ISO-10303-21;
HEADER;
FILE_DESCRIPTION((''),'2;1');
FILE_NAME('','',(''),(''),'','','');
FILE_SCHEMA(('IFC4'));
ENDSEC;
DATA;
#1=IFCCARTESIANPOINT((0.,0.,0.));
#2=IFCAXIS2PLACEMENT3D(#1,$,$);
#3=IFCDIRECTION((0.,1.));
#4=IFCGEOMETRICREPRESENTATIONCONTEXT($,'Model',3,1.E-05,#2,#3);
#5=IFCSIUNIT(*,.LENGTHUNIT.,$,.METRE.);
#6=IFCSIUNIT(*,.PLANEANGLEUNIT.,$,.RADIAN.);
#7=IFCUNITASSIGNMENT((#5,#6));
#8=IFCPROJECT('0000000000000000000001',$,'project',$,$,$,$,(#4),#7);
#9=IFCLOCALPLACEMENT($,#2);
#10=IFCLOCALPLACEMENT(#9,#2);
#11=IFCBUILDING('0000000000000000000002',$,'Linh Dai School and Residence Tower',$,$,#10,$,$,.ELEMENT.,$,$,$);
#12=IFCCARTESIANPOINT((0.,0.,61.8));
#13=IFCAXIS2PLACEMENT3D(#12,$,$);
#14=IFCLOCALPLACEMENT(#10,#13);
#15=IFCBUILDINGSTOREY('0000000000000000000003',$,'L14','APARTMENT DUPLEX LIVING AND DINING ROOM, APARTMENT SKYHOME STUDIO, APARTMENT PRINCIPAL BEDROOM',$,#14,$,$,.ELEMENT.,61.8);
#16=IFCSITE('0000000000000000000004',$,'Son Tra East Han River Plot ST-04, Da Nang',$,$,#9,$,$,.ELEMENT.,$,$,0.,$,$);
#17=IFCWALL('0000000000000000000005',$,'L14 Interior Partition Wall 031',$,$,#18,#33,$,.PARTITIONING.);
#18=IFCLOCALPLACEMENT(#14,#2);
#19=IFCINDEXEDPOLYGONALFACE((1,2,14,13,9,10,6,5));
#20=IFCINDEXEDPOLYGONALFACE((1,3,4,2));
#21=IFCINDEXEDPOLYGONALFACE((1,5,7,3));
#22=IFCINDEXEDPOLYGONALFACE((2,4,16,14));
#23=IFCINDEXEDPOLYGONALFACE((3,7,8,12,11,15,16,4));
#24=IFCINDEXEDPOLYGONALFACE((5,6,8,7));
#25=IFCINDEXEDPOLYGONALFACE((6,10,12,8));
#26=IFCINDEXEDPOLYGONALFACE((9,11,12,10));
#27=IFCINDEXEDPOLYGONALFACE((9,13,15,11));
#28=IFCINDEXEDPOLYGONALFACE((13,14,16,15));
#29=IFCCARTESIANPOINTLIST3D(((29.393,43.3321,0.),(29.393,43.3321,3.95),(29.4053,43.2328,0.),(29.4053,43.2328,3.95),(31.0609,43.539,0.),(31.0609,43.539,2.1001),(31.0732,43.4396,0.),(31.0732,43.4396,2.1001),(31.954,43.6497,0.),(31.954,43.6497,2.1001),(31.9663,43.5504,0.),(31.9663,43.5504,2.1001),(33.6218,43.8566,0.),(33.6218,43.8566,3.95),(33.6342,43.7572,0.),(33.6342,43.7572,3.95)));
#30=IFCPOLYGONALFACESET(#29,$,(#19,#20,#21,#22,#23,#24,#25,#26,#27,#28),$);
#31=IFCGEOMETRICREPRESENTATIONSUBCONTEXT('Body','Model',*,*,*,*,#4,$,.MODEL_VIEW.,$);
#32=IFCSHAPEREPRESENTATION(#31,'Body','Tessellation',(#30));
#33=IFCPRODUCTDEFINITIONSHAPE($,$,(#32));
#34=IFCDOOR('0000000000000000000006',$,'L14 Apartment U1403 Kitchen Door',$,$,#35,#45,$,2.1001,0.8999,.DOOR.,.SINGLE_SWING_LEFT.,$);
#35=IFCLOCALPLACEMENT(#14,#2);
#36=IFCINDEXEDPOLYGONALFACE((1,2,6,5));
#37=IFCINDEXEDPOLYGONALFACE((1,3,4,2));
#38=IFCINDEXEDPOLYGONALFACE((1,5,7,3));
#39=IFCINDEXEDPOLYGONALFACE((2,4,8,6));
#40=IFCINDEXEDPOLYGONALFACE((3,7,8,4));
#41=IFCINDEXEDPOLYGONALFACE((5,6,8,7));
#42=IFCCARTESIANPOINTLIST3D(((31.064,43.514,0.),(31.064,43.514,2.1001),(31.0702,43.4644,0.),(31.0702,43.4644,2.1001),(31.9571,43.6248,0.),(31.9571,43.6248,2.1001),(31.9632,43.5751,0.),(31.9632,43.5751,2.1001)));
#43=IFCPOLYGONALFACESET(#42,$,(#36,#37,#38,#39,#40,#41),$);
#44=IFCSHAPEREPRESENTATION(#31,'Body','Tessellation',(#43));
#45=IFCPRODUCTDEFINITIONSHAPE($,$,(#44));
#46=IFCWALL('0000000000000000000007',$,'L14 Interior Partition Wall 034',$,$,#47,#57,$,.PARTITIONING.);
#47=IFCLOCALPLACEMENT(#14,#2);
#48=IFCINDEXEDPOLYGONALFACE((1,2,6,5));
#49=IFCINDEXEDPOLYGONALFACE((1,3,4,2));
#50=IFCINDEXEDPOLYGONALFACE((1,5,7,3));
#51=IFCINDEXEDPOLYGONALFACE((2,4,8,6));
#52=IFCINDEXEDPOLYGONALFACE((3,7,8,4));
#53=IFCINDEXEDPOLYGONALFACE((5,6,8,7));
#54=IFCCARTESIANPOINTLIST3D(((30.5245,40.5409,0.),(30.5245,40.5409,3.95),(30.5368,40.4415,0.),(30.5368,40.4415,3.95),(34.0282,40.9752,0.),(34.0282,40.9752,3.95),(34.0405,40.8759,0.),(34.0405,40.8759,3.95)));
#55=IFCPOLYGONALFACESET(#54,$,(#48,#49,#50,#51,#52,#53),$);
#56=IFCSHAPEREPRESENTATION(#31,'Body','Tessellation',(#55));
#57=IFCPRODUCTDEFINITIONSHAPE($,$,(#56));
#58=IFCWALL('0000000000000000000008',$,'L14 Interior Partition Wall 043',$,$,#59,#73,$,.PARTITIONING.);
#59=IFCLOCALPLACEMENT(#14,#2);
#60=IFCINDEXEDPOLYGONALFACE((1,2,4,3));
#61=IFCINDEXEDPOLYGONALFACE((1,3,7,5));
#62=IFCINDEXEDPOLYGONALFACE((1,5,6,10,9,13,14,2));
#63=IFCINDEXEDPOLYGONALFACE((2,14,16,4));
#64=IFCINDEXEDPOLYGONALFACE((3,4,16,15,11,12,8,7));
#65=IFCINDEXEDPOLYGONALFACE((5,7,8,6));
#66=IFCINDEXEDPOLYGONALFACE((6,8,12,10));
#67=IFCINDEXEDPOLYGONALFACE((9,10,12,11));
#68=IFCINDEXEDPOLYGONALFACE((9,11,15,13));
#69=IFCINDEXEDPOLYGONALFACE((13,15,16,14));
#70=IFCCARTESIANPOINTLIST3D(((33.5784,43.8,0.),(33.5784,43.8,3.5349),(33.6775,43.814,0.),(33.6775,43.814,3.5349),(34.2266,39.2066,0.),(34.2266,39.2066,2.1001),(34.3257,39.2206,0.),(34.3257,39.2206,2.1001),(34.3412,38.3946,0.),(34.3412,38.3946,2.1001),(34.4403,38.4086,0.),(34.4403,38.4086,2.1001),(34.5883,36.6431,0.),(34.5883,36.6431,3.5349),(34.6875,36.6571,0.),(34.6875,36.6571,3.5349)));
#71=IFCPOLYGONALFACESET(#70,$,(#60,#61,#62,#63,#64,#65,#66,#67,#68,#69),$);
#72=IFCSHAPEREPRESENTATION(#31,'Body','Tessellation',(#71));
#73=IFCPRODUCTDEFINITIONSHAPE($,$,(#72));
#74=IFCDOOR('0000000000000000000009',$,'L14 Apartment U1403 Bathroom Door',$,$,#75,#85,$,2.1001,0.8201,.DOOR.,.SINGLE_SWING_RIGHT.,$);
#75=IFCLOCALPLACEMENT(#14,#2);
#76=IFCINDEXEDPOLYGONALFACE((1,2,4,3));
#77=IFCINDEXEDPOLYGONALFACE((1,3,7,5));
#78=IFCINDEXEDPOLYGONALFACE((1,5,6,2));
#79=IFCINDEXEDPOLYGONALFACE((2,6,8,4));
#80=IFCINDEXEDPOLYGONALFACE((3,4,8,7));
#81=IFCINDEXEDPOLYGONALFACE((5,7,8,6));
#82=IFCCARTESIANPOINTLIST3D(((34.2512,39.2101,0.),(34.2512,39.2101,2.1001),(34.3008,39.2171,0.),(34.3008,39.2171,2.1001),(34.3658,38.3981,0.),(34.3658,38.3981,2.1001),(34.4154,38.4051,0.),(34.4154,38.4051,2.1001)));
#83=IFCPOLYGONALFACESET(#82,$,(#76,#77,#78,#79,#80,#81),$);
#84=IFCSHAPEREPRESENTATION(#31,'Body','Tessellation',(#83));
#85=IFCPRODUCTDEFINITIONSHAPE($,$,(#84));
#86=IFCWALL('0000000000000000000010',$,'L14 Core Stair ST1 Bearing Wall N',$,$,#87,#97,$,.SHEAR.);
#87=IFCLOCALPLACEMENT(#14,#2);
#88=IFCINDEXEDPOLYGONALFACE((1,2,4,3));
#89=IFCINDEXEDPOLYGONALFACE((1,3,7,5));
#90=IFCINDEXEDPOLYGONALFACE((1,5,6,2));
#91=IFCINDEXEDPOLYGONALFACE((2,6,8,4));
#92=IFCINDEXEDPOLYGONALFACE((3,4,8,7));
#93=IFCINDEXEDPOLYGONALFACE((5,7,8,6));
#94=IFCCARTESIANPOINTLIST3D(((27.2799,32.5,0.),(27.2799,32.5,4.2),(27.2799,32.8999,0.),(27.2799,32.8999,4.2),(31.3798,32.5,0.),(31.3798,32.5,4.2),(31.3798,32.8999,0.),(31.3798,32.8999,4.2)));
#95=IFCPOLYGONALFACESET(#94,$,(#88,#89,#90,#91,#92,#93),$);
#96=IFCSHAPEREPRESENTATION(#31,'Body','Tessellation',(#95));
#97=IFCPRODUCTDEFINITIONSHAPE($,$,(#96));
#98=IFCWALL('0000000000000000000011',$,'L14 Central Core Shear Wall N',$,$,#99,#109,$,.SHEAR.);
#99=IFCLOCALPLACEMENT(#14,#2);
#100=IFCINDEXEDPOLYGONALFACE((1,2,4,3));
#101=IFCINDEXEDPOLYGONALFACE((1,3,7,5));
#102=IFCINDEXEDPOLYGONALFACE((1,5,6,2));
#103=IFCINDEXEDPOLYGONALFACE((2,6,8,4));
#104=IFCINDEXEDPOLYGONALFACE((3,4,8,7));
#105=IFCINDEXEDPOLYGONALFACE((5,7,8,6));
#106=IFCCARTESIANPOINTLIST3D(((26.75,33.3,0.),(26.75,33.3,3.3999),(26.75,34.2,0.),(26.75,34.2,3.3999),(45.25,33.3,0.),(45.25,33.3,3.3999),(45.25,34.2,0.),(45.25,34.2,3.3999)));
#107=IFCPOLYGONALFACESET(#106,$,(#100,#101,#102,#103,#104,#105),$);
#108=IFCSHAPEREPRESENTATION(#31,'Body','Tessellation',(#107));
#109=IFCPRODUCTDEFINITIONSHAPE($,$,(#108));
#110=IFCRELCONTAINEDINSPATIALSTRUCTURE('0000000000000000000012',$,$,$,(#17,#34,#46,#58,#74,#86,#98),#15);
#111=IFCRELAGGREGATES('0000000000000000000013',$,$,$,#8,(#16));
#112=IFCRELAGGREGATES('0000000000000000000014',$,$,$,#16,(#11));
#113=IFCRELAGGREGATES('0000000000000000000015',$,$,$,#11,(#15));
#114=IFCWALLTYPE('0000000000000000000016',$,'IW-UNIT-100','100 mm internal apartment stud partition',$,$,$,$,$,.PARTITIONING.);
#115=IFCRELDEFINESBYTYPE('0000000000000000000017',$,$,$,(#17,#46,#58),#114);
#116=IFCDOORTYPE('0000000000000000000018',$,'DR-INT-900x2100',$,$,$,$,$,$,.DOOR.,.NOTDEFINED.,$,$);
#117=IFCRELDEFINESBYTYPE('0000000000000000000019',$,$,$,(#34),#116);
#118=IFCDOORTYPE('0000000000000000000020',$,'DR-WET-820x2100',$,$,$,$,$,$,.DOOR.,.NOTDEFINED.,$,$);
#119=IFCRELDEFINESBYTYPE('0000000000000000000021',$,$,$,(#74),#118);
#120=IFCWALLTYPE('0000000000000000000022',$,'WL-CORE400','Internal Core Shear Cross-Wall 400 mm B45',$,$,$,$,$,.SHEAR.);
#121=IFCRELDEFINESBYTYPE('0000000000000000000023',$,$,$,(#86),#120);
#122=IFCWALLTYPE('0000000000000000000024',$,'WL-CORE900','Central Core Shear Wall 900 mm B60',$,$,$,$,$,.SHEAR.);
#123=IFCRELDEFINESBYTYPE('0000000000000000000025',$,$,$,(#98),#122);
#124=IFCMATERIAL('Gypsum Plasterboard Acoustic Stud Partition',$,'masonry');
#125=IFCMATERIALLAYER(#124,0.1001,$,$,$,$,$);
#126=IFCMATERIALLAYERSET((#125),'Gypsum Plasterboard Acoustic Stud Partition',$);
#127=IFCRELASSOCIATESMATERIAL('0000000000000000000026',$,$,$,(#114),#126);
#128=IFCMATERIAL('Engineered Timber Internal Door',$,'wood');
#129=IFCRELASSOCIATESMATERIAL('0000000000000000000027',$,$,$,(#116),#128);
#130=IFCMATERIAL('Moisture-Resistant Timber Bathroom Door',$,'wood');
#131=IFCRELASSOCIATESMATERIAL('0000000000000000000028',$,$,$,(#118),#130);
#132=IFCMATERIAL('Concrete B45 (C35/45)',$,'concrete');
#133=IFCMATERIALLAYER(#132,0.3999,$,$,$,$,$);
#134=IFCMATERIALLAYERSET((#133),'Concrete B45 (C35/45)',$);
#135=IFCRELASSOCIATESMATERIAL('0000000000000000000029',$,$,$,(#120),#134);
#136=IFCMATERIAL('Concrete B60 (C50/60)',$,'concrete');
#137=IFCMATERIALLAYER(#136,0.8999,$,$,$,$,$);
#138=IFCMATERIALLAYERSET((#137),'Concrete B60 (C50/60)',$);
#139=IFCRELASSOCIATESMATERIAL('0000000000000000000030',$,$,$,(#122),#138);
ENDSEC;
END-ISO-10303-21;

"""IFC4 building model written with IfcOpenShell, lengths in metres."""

from ifc_helpers import new_model, si_unit, direction, frame, frame_2d, origin, origin_2d, place, context, subcontext, project, spatial, rectangle, extrude, source, transform, mapped, material, layer, layer_set, type_object, element, fill, save


model = new_model("IFC4")

# Units and contexts
model_context = context("Model", 3, precision=1e-05, world=origin(), true_north=direction((0.0, 1.0)))
body_context = subcontext(model_context, "Body", "Model", "MODEL_VIEW")
ifc_project = project(units=[si_unit("LENGTHUNIT", "METRE"), si_unit("PLANEANGLEUNIT", "RADIAN")], contexts=[model_context])

# Site, building, storey
site_placement = place(None, origin())
site = spatial("IfcSite", under=ifc_project, at=site_placement, Name="Son Tra East Han River Plot ST-04, Da Nang", CompositionType="ELEMENT", RefElevation=0.0)
building_placement = place(site_placement, origin())
building = spatial("IfcBuilding", under=site, at=building_placement, Name="Linh Dai School and Residence Tower", CompositionType="ELEMENT")
storey_placement = place(building_placement, frame((0.0, 0.0, 61.8)))
storey = spatial("IfcBuildingStorey", under=building, at=storey_placement, Name="L14", Description="APARTMENT DUPLEX LIVING AND DINING ROOM, APARTMENT SKYHOME STUDIO, APARTMENT PRINCIPAL BEDROOM", CompositionType="ELEMENT", Elevation=61.8)

# Wall, opening, door
ifc_material_1 = material(Name="Gypsum Plasterboard Acoustic Stud Partition", Category="masonry")
ifc_layer_1 = layer(ifc_material_1, 0.1001)
ifc_layer_set_1 = layer_set([ifc_layer_1], Name="Gypsum Plasterboard Acoustic Stud Partition")
wall_type_1 = type_object("IfcWallType", Name="IW-UNIT-100", Description="100 mm internal apartment stud partition", PredefinedType="PARTITIONING", material=ifc_layer_set_1)
wall_1_placement = place(storey_placement, frame((29.3992, 43.2825, 0.0), z_axis=(0.0, 0.0, 1.0), x_axis=(0.992398, 0.123069, 0.0)))
wall_1 = element("IfcWall", 1, at=wall_1_placement, inside=storey, type_object=wall_type_1, Name="L14 Interior Partition Wall 031", PredefinedType="PARTITIONING", context=body_context, shape_type="SweptSolid", body=[
    extrude(rectangle(XDim=4.2612, YDim=0.1001, at=frame_2d((2.1306, 0.0))), origin(), (0.0, 0.0, 1.0), 3.95),
])
opening_1_placement = place(wall_1_placement, frame((1.6807, 0.0, 0.0)))
opening_1 = element("IfcOpeningElement", 2, at=opening_1_placement, cuts=wall_1, PredefinedType="OPENING", context=body_context, shape_type="SweptSolid", body=[
    extrude(rectangle(XDim=0.8999, YDim=2.1001, at=origin_2d()), frame((0.45, 0.0601, 1.05), z_axis=(0.0, -1.0, 0.0), x_axis=(1.0, 0.0, 0.0)), (0.0, 0.0, 1.0), 0.1201),
])
ifc_material_2 = material(Name="Engineered Timber Internal Door", Category="wood")
door_type_1 = type_object("IfcDoorType", Name="DR-INT-900x2100", OperationType="NOTDEFINED", PredefinedType="DOOR", material=ifc_material_2)
shared_shape_1 = source(origin(), body_context, "Body", "SweptSolid", [
    extrude(rectangle(XDim=0.8999, YDim=2.1001, at=origin_2d()), frame((0.45, 0.0249, 1.05), z_axis=(0.0, -1.0, 0.0), x_axis=(1.0, 0.0, 0.0)), (0.0, 0.0, 1.0), 0.05),
])
door_1_placement = place(opening_1_placement, origin())
door_1 = element("IfcDoor", 3, at=door_1_placement, inside=storey, type_object=door_type_1, Name="L14 Apartment U1403 Kitchen Door", OperationType="SINGLE_SWING_LEFT", OverallHeight=2.1001, OverallWidth=0.8999, PredefinedType="DOOR", context=body_context, shape_type="MappedRepresentation", body=[
    mapped(shared_shape_1, transform((0.0, 0.0, 0.0), x_axis=(1.0, 0.0, 0.0), y_axis=(0.0, 1.0, 0.0), z_axis=(0.0, 0.0, 1.0), scale=1.0)),
])
fill(opening_1, door_1)

# Wall
wall_2_placement = place(storey_placement, frame((30.5308, 40.4912, 0.0), z_axis=(0.0, 0.0, 1.0), x_axis=(0.992404, 0.123022, 0.0)))
element("IfcWall", 4, at=wall_2_placement, inside=storey, type_object=wall_type_1, Name="L14 Interior Partition Wall 034", PredefinedType="PARTITIONING", context=body_context, shape_type="SweptSolid", body=[
    extrude(rectangle(XDim=3.5305, YDim=0.1001, at=frame_2d((1.7651, 0.0))), origin(), (0.0, 0.0, 1.0), 3.95),
])

# Wall, opening, door
wall_3_placement = place(storey_placement, frame((33.6279, 43.8069, 0.0), z_axis=(0.0, 0.0, 1.0), x_axis=(0.139738, -0.990189, 0.0)))
wall_3 = element("IfcWall", 5, at=wall_3_placement, inside=storey, type_object=wall_type_1, Name="L14 Interior Partition Wall 043", PredefinedType="PARTITIONING", context=body_context, shape_type="SweptSolid", body=[
    extrude(rectangle(XDim=7.2278, YDim=0.1001, at=frame_2d((3.6138, 0.0))), origin(), (0.0, 0.0, 1.0), 3.5349),
])
opening_2_placement = place(wall_3_placement, frame((4.6387, 0.0, 0.0)))
opening_2 = element("IfcOpeningElement", 6, at=opening_2_placement, cuts=wall_3, PredefinedType="OPENING", context=body_context, shape_type="SweptSolid", body=[
    extrude(rectangle(XDim=0.8201, YDim=2.1001, at=origin_2d()), frame((0.4102, 0.0601, 1.05), z_axis=(0.0, -1.0, 0.0), x_axis=(1.0, 0.0, 0.0)), (0.0, 0.0, 1.0), 0.1201),
])
ifc_material_3 = material(Name="Moisture-Resistant Timber Bathroom Door", Category="wood")
door_type_2 = type_object("IfcDoorType", Name="DR-WET-820x2100", OperationType="NOTDEFINED", PredefinedType="DOOR", material=ifc_material_3)
shared_shape_2 = source(origin(), body_context, "Body", "SweptSolid", [
    extrude(rectangle(XDim=0.8201, YDim=2.1001, at=origin_2d()), frame((0.4102, 0.0249, 1.05), z_axis=(0.0, -1.0, 0.0), x_axis=(1.0, 0.0, 0.0)), (0.0, 0.0, 1.0), 0.05),
])
door_2_placement = place(opening_2_placement, origin())
door_2 = element("IfcDoor", 7, at=door_2_placement, inside=storey, type_object=door_type_2, Name="L14 Apartment U1403 Bathroom Door", OperationType="SINGLE_SWING_RIGHT", OverallHeight=2.1001, OverallWidth=0.8201, PredefinedType="DOOR", context=body_context, shape_type="MappedRepresentation", body=[
    mapped(shared_shape_2, transform((0.0, 0.0, 0.0), x_axis=(1.0, 0.0, 0.0), y_axis=(0.0, 1.0, 0.0), z_axis=(0.0, 0.0, 1.0), scale=1.0)),
])
fill(opening_2, door_2)

# Walls
ifc_material_4 = material(Name="Concrete B45 (C35/45)", Category="concrete")
ifc_layer_2 = layer(ifc_material_4, 0.3999)
ifc_layer_set_2 = layer_set([ifc_layer_2], Name="Concrete B45 (C35/45)")
wall_type_2 = type_object("IfcWallType", Name="WL-CORE400", Description="Internal Core Shear Cross-Wall 400 mm B45", PredefinedType="SHEAR", material=ifc_layer_set_2)
wall_4_placement = place(storey_placement, frame((27.28, 32.7, 0.0), z_axis=(0.0, 0.0, 1.0), x_axis=(1.0, 0.0, 0.0)))
element("IfcWall", 8, at=wall_4_placement, inside=storey, type_object=wall_type_2, Name="L14 Core Stair ST1 Bearing Wall N", PredefinedType="SHEAR", context=body_context, shape_type="SweptSolid", body=[
    extrude(rectangle(XDim=4.0999, YDim=0.3999, at=frame_2d((2.0498, 0.0))), origin(), (0.0, 0.0, 1.0), 4.2),
])
ifc_material_5 = material(Name="Concrete B60 (C50/60)", Category="concrete")
ifc_layer_3 = layer(ifc_material_5, 0.8999)
ifc_layer_set_3 = layer_set([ifc_layer_3], Name="Concrete B60 (C50/60)")
wall_type_3 = type_object("IfcWallType", Name="WL-CORE900", Description="Central Core Shear Wall 900 mm B60", PredefinedType="SHEAR", material=ifc_layer_set_3)
wall_5_placement = place(storey_placement, frame((26.75, 33.75, 0.0), z_axis=(0.0, 0.0, 1.0), x_axis=(1.0, 0.0, 0.0)))
element("IfcWall", 9, at=wall_5_placement, inside=storey, type_object=wall_type_3, Name="L14 Central Core Shear Wall N", PredefinedType="SHEAR", context=body_context, shape_type="SweptSolid", body=[
    extrude(rectangle(XDim=18.5, YDim=0.8999, at=frame_2d((9.25, 0.0))), origin(), (0.0, 0.0, 1.0), 3.3999),
])

save(model, "model.ifc")
